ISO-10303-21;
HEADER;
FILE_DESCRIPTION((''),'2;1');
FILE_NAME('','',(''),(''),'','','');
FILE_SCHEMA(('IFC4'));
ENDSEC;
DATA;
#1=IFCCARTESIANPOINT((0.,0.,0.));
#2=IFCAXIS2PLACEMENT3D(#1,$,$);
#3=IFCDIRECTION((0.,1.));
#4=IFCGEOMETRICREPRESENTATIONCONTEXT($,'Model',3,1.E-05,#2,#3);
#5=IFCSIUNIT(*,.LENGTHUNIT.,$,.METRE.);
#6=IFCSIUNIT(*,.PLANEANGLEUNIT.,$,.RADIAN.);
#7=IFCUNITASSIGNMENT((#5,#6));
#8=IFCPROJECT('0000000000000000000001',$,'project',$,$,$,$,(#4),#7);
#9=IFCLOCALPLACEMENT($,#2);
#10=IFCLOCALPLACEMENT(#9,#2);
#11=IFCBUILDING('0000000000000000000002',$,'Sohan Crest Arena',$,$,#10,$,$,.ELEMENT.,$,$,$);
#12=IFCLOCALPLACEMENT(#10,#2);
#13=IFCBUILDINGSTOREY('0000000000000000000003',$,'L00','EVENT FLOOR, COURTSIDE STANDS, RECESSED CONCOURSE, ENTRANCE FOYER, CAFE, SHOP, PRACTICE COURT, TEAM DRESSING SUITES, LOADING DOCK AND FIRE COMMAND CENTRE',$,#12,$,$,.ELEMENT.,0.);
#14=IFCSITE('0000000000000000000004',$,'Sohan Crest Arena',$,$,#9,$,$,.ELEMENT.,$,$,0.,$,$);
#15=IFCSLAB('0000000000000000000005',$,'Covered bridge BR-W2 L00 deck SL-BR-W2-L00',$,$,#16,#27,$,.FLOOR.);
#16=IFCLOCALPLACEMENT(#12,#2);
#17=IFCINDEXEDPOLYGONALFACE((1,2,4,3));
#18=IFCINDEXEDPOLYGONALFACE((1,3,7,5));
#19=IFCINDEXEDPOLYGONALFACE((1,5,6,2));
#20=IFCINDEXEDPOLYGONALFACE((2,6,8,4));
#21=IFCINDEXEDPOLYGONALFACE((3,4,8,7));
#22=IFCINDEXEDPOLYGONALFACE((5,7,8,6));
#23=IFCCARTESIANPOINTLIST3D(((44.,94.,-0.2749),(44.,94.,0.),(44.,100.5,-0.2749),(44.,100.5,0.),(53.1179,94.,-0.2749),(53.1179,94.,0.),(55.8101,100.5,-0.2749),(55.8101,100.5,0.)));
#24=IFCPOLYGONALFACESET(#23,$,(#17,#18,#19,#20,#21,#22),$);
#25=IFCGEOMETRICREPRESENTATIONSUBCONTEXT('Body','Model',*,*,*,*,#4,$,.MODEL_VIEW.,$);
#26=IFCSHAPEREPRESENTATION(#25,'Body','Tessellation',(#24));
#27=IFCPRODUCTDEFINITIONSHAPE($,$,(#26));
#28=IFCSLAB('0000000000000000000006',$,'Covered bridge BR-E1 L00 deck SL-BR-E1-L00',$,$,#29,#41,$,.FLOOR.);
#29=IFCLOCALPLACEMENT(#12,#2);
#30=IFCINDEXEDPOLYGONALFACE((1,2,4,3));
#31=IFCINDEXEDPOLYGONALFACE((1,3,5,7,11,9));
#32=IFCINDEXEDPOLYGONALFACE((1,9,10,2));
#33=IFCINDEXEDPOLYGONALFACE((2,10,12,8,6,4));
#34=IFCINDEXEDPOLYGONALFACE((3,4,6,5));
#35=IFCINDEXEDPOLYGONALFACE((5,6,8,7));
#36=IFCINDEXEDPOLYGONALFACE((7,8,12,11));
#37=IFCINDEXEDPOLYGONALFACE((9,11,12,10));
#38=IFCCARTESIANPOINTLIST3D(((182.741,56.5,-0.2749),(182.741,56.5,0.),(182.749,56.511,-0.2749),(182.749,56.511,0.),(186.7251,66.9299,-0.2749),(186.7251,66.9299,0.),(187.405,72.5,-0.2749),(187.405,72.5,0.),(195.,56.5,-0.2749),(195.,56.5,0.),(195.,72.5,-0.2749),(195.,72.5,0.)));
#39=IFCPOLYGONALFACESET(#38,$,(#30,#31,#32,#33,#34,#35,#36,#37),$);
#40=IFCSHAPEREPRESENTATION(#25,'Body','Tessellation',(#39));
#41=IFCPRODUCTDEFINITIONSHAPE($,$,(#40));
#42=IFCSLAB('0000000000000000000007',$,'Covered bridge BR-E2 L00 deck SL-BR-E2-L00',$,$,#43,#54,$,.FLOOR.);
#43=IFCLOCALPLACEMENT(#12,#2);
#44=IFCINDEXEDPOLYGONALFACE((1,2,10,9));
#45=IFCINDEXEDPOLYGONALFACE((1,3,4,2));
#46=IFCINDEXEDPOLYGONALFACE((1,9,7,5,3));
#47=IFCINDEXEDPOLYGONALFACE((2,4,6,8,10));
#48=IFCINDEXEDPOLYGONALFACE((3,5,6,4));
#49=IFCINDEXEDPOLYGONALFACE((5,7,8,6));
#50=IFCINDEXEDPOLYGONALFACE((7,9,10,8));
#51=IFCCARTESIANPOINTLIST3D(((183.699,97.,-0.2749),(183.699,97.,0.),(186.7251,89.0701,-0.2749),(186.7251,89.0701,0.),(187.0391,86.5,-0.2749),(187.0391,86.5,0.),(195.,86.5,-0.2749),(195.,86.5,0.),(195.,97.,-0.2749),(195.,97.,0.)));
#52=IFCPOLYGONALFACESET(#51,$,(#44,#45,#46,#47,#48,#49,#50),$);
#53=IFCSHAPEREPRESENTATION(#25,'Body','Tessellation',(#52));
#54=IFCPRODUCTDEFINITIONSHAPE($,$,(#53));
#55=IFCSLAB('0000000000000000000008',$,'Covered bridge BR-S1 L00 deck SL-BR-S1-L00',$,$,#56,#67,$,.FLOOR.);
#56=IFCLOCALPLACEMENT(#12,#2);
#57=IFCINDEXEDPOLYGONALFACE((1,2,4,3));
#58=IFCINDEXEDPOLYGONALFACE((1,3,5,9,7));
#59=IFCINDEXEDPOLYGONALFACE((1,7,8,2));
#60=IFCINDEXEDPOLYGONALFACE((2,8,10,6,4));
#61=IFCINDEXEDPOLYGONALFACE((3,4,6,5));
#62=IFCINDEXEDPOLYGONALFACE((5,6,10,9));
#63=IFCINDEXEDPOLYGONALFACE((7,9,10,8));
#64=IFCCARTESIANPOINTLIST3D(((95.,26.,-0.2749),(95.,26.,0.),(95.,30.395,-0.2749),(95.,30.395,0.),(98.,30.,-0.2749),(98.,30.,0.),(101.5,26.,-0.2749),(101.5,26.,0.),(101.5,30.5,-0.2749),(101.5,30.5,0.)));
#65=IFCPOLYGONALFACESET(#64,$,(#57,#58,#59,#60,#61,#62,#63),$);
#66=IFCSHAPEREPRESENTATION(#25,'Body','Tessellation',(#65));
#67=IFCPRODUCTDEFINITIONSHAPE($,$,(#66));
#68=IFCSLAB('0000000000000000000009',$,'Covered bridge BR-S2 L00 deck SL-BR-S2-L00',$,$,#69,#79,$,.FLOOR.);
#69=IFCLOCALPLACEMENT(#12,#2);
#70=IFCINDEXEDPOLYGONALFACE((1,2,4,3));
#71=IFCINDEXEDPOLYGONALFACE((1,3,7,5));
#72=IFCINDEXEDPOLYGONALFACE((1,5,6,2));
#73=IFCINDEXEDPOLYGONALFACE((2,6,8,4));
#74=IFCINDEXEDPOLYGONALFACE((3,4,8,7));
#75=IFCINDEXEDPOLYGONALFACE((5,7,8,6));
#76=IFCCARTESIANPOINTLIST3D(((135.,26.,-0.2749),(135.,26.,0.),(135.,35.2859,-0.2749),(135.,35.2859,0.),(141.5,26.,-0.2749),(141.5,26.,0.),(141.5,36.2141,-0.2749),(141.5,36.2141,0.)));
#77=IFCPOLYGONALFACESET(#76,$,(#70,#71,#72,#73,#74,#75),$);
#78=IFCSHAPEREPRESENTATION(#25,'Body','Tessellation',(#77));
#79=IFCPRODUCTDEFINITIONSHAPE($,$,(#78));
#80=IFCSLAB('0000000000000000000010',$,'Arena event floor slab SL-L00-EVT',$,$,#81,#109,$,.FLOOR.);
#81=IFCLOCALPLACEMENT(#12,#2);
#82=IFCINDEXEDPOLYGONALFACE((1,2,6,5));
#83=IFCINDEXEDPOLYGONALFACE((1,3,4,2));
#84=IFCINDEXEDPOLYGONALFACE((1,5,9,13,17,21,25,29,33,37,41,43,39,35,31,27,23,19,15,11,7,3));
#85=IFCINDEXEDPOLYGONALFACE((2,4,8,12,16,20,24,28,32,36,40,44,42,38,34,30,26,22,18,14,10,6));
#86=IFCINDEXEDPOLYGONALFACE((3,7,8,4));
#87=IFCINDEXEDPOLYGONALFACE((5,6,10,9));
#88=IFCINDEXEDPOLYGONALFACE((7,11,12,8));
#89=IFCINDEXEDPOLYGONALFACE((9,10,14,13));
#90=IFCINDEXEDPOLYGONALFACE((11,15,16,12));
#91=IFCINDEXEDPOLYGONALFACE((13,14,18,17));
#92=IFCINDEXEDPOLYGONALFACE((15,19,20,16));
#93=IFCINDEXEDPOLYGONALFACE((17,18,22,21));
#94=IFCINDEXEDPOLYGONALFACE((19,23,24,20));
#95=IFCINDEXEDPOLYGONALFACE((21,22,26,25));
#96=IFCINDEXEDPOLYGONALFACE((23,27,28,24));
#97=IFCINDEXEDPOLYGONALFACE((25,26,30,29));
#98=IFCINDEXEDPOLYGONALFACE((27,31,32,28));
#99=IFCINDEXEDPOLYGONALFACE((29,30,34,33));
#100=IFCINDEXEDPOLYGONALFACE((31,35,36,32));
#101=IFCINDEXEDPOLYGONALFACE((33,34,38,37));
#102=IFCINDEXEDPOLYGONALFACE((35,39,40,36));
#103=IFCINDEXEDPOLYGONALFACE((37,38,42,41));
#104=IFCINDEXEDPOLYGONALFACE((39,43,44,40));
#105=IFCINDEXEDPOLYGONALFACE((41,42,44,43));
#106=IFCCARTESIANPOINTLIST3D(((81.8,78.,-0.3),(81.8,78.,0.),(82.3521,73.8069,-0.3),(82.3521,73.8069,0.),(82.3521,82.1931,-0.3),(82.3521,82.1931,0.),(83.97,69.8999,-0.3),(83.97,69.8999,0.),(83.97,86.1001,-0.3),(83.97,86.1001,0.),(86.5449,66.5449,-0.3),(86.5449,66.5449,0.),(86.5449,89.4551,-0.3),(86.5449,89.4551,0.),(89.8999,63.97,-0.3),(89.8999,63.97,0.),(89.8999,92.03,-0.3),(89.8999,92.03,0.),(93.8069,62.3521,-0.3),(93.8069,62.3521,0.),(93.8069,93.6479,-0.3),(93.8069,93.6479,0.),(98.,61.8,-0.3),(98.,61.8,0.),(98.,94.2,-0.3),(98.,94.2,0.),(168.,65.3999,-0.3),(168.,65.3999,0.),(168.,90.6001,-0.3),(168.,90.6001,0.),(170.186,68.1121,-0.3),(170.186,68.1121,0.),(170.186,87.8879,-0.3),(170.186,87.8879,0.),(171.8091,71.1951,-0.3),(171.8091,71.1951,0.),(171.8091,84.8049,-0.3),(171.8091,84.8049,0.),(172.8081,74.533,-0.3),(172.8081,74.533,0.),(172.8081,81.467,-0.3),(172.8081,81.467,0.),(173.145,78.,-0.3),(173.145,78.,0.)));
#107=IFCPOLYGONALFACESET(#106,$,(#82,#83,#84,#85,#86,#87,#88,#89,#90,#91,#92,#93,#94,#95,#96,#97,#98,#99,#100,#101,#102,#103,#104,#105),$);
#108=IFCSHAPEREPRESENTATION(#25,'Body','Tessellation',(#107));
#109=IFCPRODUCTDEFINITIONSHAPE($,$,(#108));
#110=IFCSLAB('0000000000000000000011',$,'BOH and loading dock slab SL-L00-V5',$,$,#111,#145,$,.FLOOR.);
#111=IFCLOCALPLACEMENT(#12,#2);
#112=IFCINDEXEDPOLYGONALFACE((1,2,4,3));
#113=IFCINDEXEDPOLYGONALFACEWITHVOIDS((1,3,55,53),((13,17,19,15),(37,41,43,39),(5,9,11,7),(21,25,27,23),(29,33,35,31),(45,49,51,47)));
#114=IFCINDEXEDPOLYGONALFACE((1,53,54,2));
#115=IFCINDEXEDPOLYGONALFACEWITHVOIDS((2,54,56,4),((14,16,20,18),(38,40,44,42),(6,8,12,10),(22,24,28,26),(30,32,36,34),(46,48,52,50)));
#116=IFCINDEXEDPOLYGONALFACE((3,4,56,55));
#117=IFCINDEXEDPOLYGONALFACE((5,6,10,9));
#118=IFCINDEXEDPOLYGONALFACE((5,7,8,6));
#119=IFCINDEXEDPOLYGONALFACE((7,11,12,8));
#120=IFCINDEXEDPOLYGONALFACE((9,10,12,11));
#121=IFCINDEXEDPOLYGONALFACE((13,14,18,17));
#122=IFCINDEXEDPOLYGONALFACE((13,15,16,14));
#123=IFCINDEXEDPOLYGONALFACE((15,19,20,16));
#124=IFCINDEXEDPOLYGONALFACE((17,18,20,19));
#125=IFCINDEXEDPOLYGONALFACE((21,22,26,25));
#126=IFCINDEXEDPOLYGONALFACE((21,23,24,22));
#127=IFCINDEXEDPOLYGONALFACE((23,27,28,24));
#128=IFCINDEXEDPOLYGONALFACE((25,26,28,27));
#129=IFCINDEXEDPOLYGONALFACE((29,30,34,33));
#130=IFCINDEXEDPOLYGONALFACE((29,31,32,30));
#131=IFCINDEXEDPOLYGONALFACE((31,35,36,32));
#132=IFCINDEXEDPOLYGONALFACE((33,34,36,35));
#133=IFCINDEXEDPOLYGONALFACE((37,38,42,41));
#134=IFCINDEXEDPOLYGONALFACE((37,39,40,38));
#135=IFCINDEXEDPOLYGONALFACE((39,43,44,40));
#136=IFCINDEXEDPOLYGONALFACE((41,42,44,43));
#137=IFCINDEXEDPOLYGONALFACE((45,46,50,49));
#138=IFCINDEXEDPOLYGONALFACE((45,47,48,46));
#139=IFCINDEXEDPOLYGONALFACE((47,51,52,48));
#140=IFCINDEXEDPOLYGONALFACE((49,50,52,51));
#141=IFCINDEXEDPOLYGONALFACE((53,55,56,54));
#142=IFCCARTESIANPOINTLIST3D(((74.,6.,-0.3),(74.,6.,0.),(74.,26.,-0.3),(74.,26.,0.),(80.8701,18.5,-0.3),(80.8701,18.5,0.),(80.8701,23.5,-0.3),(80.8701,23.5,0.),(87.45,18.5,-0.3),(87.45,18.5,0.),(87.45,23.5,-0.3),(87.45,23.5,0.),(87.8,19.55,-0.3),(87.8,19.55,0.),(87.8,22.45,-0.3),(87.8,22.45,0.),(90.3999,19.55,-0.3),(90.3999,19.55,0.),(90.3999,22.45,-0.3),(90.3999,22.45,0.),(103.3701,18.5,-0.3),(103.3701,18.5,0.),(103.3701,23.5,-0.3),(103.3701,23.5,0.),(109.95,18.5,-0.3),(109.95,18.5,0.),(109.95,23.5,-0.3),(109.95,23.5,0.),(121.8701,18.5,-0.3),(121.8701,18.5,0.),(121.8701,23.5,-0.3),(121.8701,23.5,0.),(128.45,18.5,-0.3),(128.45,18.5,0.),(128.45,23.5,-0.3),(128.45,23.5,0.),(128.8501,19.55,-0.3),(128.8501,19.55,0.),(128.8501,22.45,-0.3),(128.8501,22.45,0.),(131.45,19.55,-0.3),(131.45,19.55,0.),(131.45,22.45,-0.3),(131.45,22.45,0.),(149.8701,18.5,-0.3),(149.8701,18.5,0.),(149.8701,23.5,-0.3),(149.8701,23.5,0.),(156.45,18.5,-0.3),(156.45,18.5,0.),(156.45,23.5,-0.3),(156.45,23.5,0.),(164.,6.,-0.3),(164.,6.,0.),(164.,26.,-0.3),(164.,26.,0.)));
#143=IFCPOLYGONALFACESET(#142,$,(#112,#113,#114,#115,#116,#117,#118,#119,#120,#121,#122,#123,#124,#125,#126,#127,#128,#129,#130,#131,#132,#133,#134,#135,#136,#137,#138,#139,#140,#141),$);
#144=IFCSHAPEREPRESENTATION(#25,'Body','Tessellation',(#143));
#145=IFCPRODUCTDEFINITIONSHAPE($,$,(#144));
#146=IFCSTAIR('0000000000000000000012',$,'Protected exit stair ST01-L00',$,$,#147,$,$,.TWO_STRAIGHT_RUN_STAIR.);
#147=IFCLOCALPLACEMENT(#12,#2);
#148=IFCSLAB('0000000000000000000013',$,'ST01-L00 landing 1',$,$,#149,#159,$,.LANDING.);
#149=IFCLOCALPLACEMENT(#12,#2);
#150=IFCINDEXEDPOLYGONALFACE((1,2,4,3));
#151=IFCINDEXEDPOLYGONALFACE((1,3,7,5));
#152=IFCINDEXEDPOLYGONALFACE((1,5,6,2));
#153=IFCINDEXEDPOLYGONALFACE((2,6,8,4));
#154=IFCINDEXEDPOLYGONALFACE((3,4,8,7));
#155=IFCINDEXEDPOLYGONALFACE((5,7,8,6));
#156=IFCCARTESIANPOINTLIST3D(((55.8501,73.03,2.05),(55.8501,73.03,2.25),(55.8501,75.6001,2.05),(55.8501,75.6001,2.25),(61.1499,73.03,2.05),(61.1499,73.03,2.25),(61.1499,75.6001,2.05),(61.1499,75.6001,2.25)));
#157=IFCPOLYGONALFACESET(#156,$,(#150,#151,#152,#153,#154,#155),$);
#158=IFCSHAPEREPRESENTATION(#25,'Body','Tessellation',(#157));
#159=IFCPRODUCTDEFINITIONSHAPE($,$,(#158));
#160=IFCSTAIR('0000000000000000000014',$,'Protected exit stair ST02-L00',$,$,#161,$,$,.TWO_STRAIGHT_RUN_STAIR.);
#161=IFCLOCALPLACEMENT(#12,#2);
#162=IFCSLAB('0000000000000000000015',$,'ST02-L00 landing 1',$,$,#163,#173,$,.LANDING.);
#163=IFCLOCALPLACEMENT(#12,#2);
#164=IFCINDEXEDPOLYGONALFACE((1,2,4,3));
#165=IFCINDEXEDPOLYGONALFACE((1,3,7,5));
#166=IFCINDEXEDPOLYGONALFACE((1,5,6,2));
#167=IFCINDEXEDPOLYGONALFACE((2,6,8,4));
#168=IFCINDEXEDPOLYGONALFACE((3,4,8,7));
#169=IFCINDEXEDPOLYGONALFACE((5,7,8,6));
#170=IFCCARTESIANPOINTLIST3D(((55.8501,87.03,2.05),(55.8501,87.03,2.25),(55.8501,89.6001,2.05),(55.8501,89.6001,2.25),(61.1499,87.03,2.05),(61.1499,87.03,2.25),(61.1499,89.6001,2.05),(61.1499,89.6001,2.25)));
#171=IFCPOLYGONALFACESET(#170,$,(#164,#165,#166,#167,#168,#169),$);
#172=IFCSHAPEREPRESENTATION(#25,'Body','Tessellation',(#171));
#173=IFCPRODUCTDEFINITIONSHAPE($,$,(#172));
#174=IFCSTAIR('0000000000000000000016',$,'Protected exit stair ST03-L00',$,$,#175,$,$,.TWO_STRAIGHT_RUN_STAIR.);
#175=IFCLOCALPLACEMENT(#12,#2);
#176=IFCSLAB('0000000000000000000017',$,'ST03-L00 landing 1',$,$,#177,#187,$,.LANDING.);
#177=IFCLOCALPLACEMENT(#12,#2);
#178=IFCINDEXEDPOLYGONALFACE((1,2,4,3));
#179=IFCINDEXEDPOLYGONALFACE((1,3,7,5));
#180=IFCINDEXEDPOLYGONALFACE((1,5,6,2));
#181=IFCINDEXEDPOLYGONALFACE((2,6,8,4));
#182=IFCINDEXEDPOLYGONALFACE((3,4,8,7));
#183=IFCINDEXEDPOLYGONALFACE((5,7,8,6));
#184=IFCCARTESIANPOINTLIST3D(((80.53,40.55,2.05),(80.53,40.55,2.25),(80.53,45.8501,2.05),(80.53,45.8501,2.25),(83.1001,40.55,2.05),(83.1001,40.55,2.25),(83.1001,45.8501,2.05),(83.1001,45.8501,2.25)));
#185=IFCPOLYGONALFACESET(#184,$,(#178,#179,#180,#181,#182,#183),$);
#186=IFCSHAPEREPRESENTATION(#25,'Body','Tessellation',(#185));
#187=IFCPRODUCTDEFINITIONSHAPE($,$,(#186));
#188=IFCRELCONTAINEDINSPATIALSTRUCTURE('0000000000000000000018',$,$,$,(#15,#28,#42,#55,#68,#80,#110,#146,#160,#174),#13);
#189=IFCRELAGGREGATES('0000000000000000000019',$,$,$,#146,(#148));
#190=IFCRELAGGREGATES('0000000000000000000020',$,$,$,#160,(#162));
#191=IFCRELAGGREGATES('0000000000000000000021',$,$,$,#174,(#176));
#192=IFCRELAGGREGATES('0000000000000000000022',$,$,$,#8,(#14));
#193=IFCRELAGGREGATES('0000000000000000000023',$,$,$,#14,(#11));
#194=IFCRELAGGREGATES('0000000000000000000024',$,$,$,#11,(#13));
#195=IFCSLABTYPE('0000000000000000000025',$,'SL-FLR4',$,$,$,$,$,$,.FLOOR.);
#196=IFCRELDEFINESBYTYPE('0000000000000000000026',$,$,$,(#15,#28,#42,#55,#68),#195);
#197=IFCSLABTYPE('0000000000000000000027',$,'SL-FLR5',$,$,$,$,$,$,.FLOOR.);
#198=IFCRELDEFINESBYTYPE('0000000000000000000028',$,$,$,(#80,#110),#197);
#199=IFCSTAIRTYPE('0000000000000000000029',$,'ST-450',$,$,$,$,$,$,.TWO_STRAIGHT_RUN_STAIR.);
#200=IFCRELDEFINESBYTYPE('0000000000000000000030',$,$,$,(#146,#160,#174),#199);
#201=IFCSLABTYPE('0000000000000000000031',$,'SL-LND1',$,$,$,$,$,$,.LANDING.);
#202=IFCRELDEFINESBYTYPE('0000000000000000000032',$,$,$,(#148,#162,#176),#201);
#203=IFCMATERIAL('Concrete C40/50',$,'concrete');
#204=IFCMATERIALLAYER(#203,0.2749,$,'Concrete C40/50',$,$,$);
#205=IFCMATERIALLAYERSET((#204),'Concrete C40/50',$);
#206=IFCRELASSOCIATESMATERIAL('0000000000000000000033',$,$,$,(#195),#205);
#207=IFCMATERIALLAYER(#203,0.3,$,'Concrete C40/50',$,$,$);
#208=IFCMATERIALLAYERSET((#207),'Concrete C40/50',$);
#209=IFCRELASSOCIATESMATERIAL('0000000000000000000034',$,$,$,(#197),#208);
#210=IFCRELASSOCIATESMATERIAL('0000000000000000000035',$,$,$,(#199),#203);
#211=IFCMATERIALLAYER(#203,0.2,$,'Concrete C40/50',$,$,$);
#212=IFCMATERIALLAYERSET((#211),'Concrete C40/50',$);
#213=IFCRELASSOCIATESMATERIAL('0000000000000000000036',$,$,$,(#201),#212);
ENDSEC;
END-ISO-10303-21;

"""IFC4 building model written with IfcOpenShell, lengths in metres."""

from ifc_helpers import new_model, si_unit, direction, frame, origin, place, context, subcontext, project, spatial, polyline, outline, extrude, material, layer, layer_set, type_object, element, aggregate, save


model = new_model("IFC4")

# Units and contexts
model_context = context("Model", 3, precision=1e-05, world=origin(), true_north=direction((0.0, 1.0)))
body_context = subcontext(model_context, "Body", "Model", "MODEL_VIEW")
ifc_project = project(units=[si_unit("LENGTHUNIT", "METRE"), si_unit("PLANEANGLEUNIT", "RADIAN")], contexts=[model_context])

# Site, building, storey
site_placement = place(None, origin())
site = spatial("IfcSite", under=ifc_project, at=site_placement, Name="Sohan Crest Arena", CompositionType="ELEMENT", RefElevation=0.0)
building_placement = place(site_placement, origin())
building = spatial("IfcBuilding", under=site, at=building_placement, Name="Sohan Crest Arena", CompositionType="ELEMENT")
storey_placement = place(building_placement, origin())
storey = spatial("IfcBuildingStorey", under=building, at=storey_placement, Name="L00", Description="EVENT FLOOR, COURTSIDE STANDS, RECESSED CONCOURSE, ENTRANCE FOYER, CAFE, SHOP, PRACTICE COURT, TEAM DRESSING SUITES, LOADING DOCK AND FIRE COMMAND CENTRE", CompositionType="ELEMENT", Elevation=0.0)

# Slabs
ifc_material = material(Name="Concrete C40/50", Category="concrete")
ifc_layer_1 = layer(ifc_material, 0.2749, Name="Concrete C40/50")
ifc_layer_set_1 = layer_set([ifc_layer_1], Name="Concrete C40/50")
slab_type_1 = type_object("IfcSlabType", Name="SL-FLR4", PredefinedType="FLOOR", material=ifc_layer_set_1)
slab_1_placement = place(storey_placement, frame((0.0, 0.0, -0.2749)))
element("IfcSlab", 1, at=slab_1_placement, inside=storey, type_object=slab_type_1, Name="Covered bridge BR-W2 L00 deck SL-BR-W2-L00", PredefinedType="FLOOR", context=body_context, shape_type="SweptSolid", body=[
    extrude(outline(polyline([(55.8101, 100.5), (53.1179, 94.0), (44.0, 94.0), (44.0, 100.5), (55.8101, 100.5)])), origin(), (0.0, 0.0, 1.0), 0.2749),
])
slab_2_placement = place(storey_placement, frame((0.0, 0.0, -0.2749)))
element("IfcSlab", 2, at=slab_2_placement, inside=storey, type_object=slab_type_1, Name="Covered bridge BR-E1 L00 deck SL-BR-E1-L00", PredefinedType="FLOOR", context=body_context, shape_type="SweptSolid", body=[
    extrude(outline(polyline([(195.0, 56.5), (182.741, 56.5), (182.749, 56.511), (186.7251, 66.9299), (187.405, 72.5), (195.0, 72.5), (195.0, 56.5)])), origin(), (0.0, 0.0, 1.0), 0.2749),
])
slab_3_placement = place(storey_placement, frame((0.0, 0.0, -0.2749)))
element("IfcSlab", 3, at=slab_3_placement, inside=storey, type_object=slab_type_1, Name="Covered bridge BR-E2 L00 deck SL-BR-E2-L00", PredefinedType="FLOOR", context=body_context, shape_type="SweptSolid", body=[
    extrude(outline(polyline([(195.0, 86.5), (187.0391, 86.5), (186.7251, 89.0701), (183.699, 97.0), (195.0, 97.0), (195.0, 86.5)])), origin(), (0.0, 0.0, 1.0), 0.2749),
])
slab_4_placement = place(storey_placement, frame((0.0, 0.0, -0.2749)))
element("IfcSlab", 4, at=slab_4_placement, inside=storey, type_object=slab_type_1, Name="Covered bridge BR-S1 L00 deck SL-BR-S1-L00", PredefinedType="FLOOR", context=body_context, shape_type="SweptSolid", body=[
    extrude(outline(polyline([(101.5, 26.0), (95.0, 26.0), (95.0, 30.395), (98.0, 30.0), (101.5, 30.5), (101.5, 26.0)])), origin(), (0.0, 0.0, 1.0), 0.2749),
])
slab_5_placement = place(storey_placement, frame((0.0, 0.0, -0.2749)))
element("IfcSlab", 5, at=slab_5_placement, inside=storey, type_object=slab_type_1, Name="Covered bridge BR-S2 L00 deck SL-BR-S2-L00", PredefinedType="FLOOR", context=body_context, shape_type="SweptSolid", body=[
    extrude(outline(polyline([(141.5, 26.0), (135.0, 26.0), (135.0, 35.2859), (141.5, 36.2141), (141.5, 26.0)])), origin(), (0.0, 0.0, 1.0), 0.2749),
])
ifc_layer_2 = layer(ifc_material, 0.3, Name="Concrete C40/50")
ifc_layer_set_2 = layer_set([ifc_layer_2], Name="Concrete C40/50")
slab_type_2 = type_object("IfcSlabType", Name="SL-FLR5", PredefinedType="FLOOR", material=ifc_layer_set_2)
slab_6_placement = place(storey_placement, frame((0.0, 0.0, -0.3)))
element("IfcSlab", 6, at=slab_6_placement, inside=storey, type_object=slab_type_2, Name="Arena event floor slab SL-L00-EVT", PredefinedType="FLOOR", context=body_context, shape_type="SweptSolid", body=[
    extrude(outline(polyline([(98.0, 94.2), (93.8069, 93.6479), (89.8999, 92.03), (86.5449, 89.4551), (83.97, 86.1001), (82.3521, 82.1931), (81.8, 78.0), (82.3521, 73.8069), (83.97, 69.8999), (86.5449, 66.5449), (89.8999, 63.97), (93.8069, 62.3521), (98.0, 61.8), (168.0, 65.3999), (170.186, 68.1121), (171.8091, 71.1951), (172.8081, 74.533), (173.145, 78.0), (172.8081, 81.467), (171.8091, 84.8049), (170.186, 87.8879), (168.0, 90.6001), (98.0, 94.2)])), origin(), (0.0, 0.0, 1.0), 0.3),
])
slab_7_placement = place(storey_placement, frame((0.0, 0.0, -0.3)))
element("IfcSlab", 7, at=slab_7_placement, inside=storey, type_object=slab_type_2, Name="BOH and loading dock slab SL-L00-V5", PredefinedType="FLOOR", context=body_context, shape_type="SweptSolid", body=[
    extrude(outline(polyline([(164.0, 26.0), (164.0, 6.0), (74.0, 6.0), (74.0, 26.0), (164.0, 26.0)]), holes=[polyline([(149.8701, 23.5), (149.8701, 18.5), (156.45, 18.5), (156.45, 23.5), (149.8701, 23.5)]), polyline([(109.95, 23.5), (103.3701, 23.5), (103.3701, 18.5), (109.95, 18.5), (109.95, 23.5)]), polyline([(87.45, 18.5), (87.45, 23.5), (80.8701, 23.5), (80.8701, 18.5), (87.45, 18.5)]), polyline([(87.8, 19.55), (90.3999, 19.55), (90.3999, 22.45), (87.8, 22.45), (87.8, 19.55)]), polyline([(121.8701, 23.5), (121.8701, 18.5), (128.45, 18.5), (128.45, 23.5), (121.8701, 23.5)]), polyline([(131.45, 22.45), (128.8501, 22.45), (128.8501, 19.55), (131.45, 19.55), (131.45, 22.45)])]), origin(), (0.0, 0.0, 1.0), 0.3),
])

# Stairs, slabs
stair_type = type_object("IfcStairType", Name="ST-450", PredefinedType="TWO_STRAIGHT_RUN_STAIR", material=ifc_material)
stair_1_placement = place(storey_placement, origin())
stair_1 = element("IfcStair", 8, at=stair_1_placement, inside=storey, type_object=stair_type, Name="Protected exit stair ST01-L00", PredefinedType="TWO_STRAIGHT_RUN_STAIR")
ifc_layer_3 = layer(ifc_material, 0.2, Name="Concrete C40/50")
ifc_layer_set_3 = layer_set([ifc_layer_3], Name="Concrete C40/50")
slab_type_3 = type_object("IfcSlabType", Name="SL-LND1", PredefinedType="LANDING", material=ifc_layer_set_3)
slab_8_placement = place(storey_placement, frame((0.0, 0.0, 2.05)))
slab_8 = element("IfcSlab", 9, at=slab_8_placement, type_object=slab_type_3, Name="ST01-L00 landing 1", PredefinedType="LANDING", context=body_context, shape_type="SweptSolid", body=[
    extrude(outline(polyline([(55.8501, 73.03), (61.1499, 73.03), (61.1499, 75.6001), (55.8501, 75.6001), (55.8501, 73.03)])), origin(), (0.0, 0.0, 1.0), 0.2),
])
aggregate(stair_1, [slab_8])
stair_2_placement = place(storey_placement, origin())
stair_2 = element("IfcStair", 10, at=stair_2_placement, inside=storey, type_object=stair_type, Name="Protected exit stair ST02-L00", PredefinedType="TWO_STRAIGHT_RUN_STAIR")
slab_9_placement = place(storey_placement, frame((0.0, 0.0, 2.05)))
slab_9 = element("IfcSlab", 11, at=slab_9_placement, type_object=slab_type_3, Name="ST02-L00 landing 1", PredefinedType="LANDING", context=body_context, shape_type="SweptSolid", body=[
    extrude(outline(polyline([(55.8501, 87.03), (61.1499, 87.03), (61.1499, 89.6001), (55.8501, 89.6001), (55.8501, 87.03)])), origin(), (0.0, 0.0, 1.0), 0.2),
])
aggregate(stair_2, [slab_9])
stair_3_placement = place(storey_placement, origin())
stair_3 = element("IfcStair", 12, at=stair_3_placement, inside=storey, type_object=stair_type, Name="Protected exit stair ST03-L00", PredefinedType="TWO_STRAIGHT_RUN_STAIR")
slab_10_placement = place(storey_placement, frame((0.0, 0.0, 2.05)))
slab_10 = element("IfcSlab", 13, at=slab_10_placement, type_object=slab_type_3, Name="ST03-L00 landing 1", PredefinedType="LANDING", context=body_context, shape_type="SweptSolid", body=[
    extrude(outline(polyline([(80.53, 40.55), (83.1001, 40.55), (83.1001, 45.8501), (80.53, 45.8501), (80.53, 40.55)])), origin(), (0.0, 0.0, 1.0), 0.2),
])
aggregate(stair_3, [slab_10])

save(model, "model.ifc")
